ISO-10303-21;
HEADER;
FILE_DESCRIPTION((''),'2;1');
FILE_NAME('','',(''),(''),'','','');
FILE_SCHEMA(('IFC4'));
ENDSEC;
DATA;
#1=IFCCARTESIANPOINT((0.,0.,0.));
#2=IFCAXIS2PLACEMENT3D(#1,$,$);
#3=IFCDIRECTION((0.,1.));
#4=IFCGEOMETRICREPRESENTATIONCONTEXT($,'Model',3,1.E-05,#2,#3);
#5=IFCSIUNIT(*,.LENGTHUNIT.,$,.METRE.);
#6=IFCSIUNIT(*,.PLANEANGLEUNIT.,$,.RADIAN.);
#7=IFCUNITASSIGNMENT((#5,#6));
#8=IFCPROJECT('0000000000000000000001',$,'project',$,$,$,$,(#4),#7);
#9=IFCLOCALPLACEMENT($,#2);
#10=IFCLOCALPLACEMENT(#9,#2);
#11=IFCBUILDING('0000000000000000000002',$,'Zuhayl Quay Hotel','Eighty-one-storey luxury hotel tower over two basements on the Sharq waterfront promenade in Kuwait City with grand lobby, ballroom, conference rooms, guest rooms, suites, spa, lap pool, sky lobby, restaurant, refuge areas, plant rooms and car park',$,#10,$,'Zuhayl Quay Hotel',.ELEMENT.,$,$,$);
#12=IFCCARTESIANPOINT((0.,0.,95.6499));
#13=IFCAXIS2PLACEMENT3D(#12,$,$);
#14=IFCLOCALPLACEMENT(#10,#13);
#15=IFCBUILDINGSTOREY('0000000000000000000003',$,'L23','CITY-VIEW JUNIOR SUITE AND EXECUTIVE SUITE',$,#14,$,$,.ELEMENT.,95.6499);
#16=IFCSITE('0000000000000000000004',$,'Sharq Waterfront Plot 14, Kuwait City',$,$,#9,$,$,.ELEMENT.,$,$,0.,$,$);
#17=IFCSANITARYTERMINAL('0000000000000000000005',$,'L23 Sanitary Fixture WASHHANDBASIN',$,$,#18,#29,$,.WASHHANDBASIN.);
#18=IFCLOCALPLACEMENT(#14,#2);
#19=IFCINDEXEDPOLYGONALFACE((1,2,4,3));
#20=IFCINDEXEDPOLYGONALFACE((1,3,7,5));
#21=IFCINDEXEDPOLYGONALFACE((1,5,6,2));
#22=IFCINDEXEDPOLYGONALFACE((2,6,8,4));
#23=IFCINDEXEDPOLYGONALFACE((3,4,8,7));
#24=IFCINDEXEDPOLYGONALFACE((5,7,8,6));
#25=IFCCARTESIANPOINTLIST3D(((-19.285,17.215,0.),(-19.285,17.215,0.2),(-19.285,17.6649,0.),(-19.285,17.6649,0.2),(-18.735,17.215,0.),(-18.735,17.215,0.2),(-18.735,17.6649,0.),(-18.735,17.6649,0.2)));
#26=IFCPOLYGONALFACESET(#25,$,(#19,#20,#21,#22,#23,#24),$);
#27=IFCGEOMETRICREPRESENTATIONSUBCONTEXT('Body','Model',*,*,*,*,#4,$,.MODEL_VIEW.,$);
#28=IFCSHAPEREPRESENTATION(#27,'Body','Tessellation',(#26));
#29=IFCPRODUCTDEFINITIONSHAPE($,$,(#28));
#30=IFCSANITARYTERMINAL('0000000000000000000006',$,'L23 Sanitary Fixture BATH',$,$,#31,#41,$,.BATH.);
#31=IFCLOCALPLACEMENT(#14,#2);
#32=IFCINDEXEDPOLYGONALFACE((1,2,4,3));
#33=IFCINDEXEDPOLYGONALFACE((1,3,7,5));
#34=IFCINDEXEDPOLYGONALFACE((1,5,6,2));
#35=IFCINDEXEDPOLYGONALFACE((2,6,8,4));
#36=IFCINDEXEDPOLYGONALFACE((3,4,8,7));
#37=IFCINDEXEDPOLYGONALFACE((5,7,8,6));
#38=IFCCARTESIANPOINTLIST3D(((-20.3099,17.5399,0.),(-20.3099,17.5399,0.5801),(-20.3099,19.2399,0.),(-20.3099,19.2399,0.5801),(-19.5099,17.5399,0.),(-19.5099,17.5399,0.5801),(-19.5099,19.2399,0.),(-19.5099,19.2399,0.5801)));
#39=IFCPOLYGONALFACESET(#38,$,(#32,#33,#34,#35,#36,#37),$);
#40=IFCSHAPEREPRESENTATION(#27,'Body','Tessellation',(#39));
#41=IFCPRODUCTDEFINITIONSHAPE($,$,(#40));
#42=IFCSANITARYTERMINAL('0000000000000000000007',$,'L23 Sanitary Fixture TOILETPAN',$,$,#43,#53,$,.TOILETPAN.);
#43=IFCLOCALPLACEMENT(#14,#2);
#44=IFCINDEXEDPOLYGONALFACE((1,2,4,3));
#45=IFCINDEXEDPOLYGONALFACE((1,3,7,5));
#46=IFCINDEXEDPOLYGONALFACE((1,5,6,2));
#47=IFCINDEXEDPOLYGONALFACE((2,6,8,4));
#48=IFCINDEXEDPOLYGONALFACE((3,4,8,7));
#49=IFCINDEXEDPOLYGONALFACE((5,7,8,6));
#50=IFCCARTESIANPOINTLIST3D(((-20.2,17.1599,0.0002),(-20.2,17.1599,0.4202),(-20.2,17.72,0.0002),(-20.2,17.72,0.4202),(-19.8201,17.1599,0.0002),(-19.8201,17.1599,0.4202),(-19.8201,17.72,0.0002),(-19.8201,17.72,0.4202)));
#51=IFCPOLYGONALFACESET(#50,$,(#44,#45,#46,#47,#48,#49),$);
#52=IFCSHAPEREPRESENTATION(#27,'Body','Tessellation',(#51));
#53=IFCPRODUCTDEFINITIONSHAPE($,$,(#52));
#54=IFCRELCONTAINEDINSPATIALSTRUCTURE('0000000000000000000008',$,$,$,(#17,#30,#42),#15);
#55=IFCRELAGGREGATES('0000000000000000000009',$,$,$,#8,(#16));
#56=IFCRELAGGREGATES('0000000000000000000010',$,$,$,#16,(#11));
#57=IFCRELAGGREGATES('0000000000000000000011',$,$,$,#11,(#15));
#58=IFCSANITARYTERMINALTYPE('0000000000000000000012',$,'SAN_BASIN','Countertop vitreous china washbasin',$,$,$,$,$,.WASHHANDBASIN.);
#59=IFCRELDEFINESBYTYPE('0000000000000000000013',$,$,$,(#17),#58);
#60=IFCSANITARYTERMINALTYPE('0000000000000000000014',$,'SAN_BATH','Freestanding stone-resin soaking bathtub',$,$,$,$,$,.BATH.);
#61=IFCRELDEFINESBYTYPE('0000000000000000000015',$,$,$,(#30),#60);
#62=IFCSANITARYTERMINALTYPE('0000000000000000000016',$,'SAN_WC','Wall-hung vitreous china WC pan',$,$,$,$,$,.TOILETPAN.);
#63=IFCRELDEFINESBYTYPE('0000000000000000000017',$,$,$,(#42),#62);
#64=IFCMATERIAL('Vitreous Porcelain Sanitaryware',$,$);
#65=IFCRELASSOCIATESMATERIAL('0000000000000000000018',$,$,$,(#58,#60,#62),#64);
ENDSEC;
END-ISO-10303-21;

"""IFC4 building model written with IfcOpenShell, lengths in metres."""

from ifc_helpers import new_model, si_unit, direction, frame, origin, origin_2d, place, context, subcontext, project, spatial, rectangle, extrude, material, type_object, element, save


model = new_model("IFC4")

# Units and contexts
model_context = context("Model", 3, precision=1e-05, world=origin(), true_north=direction((0.0, 1.0)))
body_context = subcontext(model_context, "Body", "Model", "MODEL_VIEW")
ifc_project = project(units=[si_unit("LENGTHUNIT", "METRE"), si_unit("PLANEANGLEUNIT", "RADIAN")], contexts=[model_context])

# Site, building, storey
site_placement = place(None, origin())
site = spatial("IfcSite", under=ifc_project, at=site_placement, Name="Sharq Waterfront Plot 14, Kuwait City", CompositionType="ELEMENT", RefElevation=0.0)
building_placement = place(site_placement, origin())
building = spatial("IfcBuilding", under=site, at=building_placement, Name="Zuhayl Quay Hotel", Description="Eighty-one-storey luxury hotel tower over two basements on the Sharq waterfront promenade in Kuwait City with grand lobby, ballroom, conference rooms, guest rooms, suites, spa, lap pool, sky lobby, restaurant, refuge areas, plant rooms and car park", LongName="Zuhayl Quay Hotel", CompositionType="ELEMENT")
storey_placement = place(building_placement, frame((0.0, 0.0, 95.6499)))
storey = spatial("IfcBuildingStorey", under=building, at=storey_placement, Name="L23", Description="CITY-VIEW JUNIOR SUITE AND EXECUTIVE SUITE", CompositionType="ELEMENT", Elevation=95.6499)

# Sanitary terminals
ifc_material_1 = material(Name="Vitreous Porcelain Sanitaryware")
sanitary_terminal_type_1 = type_object("IfcSanitaryTerminalType", Name="SAN_BASIN", Description="Countertop vitreous china washbasin", PredefinedType="WASHHANDBASIN", material=ifc_material_1)
sanitary_terminal_1_placement = place(storey_placement, frame((-19.01, 17.4399, 0.0), z_axis=(0.0, 0.0, 1.0), x_axis=(1.0, 0.0, 0.0)))
element("IfcSanitaryTerminal", 1, at=sanitary_terminal_1_placement, inside=storey, type_object=sanitary_terminal_type_1, Name="L23 Sanitary Fixture WASHHANDBASIN", PredefinedType="WASHHANDBASIN", context=body_context, shape_type="SweptSolid", body=[
    extrude(rectangle(XDim=0.55, YDim=0.45, at=origin_2d()), origin(), (0.0, 0.0, 1.0), 0.2),
])
sanitary_terminal_type_2 = type_object("IfcSanitaryTerminalType", Name="SAN_BATH", Description="Freestanding stone-resin soaking bathtub", PredefinedType="BATH", material=ifc_material_1)
sanitary_terminal_2_placement = place(storey_placement, frame((-19.9099, 18.3899, 0.0), z_axis=(0.0, 0.0, 1.0), x_axis=(1.0, 0.0, 0.0)))
element("IfcSanitaryTerminal", 2, at=sanitary_terminal_2_placement, inside=storey, type_object=sanitary_terminal_type_2, Name="L23 Sanitary Fixture BATH", PredefinedType="BATH", context=body_context, shape_type="SweptSolid", body=[
    extrude(rectangle(XDim=0.8, YDim=1.7, at=origin_2d()), origin(), (0.0, 0.0, 1.0), 0.5801),
])
sanitary_terminal_type_3 = type_object("IfcSanitaryTerminalType", Name="SAN_WC", Description="Wall-hung vitreous china WC pan", PredefinedType="TOILETPAN", material=ifc_material_1)
sanitary_terminal_3_placement = place(storey_placement, frame((-20.01, 17.4399, 0.0002), z_axis=(0.0, 0.0, 1.0), x_axis=(1.0, 0.0, 0.0)))
element("IfcSanitaryTerminal", 3, at=sanitary_terminal_3_placement, inside=storey, type_object=sanitary_terminal_type_3, Name="L23 Sanitary Fixture TOILETPAN", PredefinedType="TOILETPAN", context=body_context, shape_type="SweptSolid", body=[
    extrude(rectangle(XDim=0.3799, YDim=0.5601, at=origin_2d()), origin(), (0.0, 0.0, 1.0), 0.4199),
])

save(model, "model.ifc")
